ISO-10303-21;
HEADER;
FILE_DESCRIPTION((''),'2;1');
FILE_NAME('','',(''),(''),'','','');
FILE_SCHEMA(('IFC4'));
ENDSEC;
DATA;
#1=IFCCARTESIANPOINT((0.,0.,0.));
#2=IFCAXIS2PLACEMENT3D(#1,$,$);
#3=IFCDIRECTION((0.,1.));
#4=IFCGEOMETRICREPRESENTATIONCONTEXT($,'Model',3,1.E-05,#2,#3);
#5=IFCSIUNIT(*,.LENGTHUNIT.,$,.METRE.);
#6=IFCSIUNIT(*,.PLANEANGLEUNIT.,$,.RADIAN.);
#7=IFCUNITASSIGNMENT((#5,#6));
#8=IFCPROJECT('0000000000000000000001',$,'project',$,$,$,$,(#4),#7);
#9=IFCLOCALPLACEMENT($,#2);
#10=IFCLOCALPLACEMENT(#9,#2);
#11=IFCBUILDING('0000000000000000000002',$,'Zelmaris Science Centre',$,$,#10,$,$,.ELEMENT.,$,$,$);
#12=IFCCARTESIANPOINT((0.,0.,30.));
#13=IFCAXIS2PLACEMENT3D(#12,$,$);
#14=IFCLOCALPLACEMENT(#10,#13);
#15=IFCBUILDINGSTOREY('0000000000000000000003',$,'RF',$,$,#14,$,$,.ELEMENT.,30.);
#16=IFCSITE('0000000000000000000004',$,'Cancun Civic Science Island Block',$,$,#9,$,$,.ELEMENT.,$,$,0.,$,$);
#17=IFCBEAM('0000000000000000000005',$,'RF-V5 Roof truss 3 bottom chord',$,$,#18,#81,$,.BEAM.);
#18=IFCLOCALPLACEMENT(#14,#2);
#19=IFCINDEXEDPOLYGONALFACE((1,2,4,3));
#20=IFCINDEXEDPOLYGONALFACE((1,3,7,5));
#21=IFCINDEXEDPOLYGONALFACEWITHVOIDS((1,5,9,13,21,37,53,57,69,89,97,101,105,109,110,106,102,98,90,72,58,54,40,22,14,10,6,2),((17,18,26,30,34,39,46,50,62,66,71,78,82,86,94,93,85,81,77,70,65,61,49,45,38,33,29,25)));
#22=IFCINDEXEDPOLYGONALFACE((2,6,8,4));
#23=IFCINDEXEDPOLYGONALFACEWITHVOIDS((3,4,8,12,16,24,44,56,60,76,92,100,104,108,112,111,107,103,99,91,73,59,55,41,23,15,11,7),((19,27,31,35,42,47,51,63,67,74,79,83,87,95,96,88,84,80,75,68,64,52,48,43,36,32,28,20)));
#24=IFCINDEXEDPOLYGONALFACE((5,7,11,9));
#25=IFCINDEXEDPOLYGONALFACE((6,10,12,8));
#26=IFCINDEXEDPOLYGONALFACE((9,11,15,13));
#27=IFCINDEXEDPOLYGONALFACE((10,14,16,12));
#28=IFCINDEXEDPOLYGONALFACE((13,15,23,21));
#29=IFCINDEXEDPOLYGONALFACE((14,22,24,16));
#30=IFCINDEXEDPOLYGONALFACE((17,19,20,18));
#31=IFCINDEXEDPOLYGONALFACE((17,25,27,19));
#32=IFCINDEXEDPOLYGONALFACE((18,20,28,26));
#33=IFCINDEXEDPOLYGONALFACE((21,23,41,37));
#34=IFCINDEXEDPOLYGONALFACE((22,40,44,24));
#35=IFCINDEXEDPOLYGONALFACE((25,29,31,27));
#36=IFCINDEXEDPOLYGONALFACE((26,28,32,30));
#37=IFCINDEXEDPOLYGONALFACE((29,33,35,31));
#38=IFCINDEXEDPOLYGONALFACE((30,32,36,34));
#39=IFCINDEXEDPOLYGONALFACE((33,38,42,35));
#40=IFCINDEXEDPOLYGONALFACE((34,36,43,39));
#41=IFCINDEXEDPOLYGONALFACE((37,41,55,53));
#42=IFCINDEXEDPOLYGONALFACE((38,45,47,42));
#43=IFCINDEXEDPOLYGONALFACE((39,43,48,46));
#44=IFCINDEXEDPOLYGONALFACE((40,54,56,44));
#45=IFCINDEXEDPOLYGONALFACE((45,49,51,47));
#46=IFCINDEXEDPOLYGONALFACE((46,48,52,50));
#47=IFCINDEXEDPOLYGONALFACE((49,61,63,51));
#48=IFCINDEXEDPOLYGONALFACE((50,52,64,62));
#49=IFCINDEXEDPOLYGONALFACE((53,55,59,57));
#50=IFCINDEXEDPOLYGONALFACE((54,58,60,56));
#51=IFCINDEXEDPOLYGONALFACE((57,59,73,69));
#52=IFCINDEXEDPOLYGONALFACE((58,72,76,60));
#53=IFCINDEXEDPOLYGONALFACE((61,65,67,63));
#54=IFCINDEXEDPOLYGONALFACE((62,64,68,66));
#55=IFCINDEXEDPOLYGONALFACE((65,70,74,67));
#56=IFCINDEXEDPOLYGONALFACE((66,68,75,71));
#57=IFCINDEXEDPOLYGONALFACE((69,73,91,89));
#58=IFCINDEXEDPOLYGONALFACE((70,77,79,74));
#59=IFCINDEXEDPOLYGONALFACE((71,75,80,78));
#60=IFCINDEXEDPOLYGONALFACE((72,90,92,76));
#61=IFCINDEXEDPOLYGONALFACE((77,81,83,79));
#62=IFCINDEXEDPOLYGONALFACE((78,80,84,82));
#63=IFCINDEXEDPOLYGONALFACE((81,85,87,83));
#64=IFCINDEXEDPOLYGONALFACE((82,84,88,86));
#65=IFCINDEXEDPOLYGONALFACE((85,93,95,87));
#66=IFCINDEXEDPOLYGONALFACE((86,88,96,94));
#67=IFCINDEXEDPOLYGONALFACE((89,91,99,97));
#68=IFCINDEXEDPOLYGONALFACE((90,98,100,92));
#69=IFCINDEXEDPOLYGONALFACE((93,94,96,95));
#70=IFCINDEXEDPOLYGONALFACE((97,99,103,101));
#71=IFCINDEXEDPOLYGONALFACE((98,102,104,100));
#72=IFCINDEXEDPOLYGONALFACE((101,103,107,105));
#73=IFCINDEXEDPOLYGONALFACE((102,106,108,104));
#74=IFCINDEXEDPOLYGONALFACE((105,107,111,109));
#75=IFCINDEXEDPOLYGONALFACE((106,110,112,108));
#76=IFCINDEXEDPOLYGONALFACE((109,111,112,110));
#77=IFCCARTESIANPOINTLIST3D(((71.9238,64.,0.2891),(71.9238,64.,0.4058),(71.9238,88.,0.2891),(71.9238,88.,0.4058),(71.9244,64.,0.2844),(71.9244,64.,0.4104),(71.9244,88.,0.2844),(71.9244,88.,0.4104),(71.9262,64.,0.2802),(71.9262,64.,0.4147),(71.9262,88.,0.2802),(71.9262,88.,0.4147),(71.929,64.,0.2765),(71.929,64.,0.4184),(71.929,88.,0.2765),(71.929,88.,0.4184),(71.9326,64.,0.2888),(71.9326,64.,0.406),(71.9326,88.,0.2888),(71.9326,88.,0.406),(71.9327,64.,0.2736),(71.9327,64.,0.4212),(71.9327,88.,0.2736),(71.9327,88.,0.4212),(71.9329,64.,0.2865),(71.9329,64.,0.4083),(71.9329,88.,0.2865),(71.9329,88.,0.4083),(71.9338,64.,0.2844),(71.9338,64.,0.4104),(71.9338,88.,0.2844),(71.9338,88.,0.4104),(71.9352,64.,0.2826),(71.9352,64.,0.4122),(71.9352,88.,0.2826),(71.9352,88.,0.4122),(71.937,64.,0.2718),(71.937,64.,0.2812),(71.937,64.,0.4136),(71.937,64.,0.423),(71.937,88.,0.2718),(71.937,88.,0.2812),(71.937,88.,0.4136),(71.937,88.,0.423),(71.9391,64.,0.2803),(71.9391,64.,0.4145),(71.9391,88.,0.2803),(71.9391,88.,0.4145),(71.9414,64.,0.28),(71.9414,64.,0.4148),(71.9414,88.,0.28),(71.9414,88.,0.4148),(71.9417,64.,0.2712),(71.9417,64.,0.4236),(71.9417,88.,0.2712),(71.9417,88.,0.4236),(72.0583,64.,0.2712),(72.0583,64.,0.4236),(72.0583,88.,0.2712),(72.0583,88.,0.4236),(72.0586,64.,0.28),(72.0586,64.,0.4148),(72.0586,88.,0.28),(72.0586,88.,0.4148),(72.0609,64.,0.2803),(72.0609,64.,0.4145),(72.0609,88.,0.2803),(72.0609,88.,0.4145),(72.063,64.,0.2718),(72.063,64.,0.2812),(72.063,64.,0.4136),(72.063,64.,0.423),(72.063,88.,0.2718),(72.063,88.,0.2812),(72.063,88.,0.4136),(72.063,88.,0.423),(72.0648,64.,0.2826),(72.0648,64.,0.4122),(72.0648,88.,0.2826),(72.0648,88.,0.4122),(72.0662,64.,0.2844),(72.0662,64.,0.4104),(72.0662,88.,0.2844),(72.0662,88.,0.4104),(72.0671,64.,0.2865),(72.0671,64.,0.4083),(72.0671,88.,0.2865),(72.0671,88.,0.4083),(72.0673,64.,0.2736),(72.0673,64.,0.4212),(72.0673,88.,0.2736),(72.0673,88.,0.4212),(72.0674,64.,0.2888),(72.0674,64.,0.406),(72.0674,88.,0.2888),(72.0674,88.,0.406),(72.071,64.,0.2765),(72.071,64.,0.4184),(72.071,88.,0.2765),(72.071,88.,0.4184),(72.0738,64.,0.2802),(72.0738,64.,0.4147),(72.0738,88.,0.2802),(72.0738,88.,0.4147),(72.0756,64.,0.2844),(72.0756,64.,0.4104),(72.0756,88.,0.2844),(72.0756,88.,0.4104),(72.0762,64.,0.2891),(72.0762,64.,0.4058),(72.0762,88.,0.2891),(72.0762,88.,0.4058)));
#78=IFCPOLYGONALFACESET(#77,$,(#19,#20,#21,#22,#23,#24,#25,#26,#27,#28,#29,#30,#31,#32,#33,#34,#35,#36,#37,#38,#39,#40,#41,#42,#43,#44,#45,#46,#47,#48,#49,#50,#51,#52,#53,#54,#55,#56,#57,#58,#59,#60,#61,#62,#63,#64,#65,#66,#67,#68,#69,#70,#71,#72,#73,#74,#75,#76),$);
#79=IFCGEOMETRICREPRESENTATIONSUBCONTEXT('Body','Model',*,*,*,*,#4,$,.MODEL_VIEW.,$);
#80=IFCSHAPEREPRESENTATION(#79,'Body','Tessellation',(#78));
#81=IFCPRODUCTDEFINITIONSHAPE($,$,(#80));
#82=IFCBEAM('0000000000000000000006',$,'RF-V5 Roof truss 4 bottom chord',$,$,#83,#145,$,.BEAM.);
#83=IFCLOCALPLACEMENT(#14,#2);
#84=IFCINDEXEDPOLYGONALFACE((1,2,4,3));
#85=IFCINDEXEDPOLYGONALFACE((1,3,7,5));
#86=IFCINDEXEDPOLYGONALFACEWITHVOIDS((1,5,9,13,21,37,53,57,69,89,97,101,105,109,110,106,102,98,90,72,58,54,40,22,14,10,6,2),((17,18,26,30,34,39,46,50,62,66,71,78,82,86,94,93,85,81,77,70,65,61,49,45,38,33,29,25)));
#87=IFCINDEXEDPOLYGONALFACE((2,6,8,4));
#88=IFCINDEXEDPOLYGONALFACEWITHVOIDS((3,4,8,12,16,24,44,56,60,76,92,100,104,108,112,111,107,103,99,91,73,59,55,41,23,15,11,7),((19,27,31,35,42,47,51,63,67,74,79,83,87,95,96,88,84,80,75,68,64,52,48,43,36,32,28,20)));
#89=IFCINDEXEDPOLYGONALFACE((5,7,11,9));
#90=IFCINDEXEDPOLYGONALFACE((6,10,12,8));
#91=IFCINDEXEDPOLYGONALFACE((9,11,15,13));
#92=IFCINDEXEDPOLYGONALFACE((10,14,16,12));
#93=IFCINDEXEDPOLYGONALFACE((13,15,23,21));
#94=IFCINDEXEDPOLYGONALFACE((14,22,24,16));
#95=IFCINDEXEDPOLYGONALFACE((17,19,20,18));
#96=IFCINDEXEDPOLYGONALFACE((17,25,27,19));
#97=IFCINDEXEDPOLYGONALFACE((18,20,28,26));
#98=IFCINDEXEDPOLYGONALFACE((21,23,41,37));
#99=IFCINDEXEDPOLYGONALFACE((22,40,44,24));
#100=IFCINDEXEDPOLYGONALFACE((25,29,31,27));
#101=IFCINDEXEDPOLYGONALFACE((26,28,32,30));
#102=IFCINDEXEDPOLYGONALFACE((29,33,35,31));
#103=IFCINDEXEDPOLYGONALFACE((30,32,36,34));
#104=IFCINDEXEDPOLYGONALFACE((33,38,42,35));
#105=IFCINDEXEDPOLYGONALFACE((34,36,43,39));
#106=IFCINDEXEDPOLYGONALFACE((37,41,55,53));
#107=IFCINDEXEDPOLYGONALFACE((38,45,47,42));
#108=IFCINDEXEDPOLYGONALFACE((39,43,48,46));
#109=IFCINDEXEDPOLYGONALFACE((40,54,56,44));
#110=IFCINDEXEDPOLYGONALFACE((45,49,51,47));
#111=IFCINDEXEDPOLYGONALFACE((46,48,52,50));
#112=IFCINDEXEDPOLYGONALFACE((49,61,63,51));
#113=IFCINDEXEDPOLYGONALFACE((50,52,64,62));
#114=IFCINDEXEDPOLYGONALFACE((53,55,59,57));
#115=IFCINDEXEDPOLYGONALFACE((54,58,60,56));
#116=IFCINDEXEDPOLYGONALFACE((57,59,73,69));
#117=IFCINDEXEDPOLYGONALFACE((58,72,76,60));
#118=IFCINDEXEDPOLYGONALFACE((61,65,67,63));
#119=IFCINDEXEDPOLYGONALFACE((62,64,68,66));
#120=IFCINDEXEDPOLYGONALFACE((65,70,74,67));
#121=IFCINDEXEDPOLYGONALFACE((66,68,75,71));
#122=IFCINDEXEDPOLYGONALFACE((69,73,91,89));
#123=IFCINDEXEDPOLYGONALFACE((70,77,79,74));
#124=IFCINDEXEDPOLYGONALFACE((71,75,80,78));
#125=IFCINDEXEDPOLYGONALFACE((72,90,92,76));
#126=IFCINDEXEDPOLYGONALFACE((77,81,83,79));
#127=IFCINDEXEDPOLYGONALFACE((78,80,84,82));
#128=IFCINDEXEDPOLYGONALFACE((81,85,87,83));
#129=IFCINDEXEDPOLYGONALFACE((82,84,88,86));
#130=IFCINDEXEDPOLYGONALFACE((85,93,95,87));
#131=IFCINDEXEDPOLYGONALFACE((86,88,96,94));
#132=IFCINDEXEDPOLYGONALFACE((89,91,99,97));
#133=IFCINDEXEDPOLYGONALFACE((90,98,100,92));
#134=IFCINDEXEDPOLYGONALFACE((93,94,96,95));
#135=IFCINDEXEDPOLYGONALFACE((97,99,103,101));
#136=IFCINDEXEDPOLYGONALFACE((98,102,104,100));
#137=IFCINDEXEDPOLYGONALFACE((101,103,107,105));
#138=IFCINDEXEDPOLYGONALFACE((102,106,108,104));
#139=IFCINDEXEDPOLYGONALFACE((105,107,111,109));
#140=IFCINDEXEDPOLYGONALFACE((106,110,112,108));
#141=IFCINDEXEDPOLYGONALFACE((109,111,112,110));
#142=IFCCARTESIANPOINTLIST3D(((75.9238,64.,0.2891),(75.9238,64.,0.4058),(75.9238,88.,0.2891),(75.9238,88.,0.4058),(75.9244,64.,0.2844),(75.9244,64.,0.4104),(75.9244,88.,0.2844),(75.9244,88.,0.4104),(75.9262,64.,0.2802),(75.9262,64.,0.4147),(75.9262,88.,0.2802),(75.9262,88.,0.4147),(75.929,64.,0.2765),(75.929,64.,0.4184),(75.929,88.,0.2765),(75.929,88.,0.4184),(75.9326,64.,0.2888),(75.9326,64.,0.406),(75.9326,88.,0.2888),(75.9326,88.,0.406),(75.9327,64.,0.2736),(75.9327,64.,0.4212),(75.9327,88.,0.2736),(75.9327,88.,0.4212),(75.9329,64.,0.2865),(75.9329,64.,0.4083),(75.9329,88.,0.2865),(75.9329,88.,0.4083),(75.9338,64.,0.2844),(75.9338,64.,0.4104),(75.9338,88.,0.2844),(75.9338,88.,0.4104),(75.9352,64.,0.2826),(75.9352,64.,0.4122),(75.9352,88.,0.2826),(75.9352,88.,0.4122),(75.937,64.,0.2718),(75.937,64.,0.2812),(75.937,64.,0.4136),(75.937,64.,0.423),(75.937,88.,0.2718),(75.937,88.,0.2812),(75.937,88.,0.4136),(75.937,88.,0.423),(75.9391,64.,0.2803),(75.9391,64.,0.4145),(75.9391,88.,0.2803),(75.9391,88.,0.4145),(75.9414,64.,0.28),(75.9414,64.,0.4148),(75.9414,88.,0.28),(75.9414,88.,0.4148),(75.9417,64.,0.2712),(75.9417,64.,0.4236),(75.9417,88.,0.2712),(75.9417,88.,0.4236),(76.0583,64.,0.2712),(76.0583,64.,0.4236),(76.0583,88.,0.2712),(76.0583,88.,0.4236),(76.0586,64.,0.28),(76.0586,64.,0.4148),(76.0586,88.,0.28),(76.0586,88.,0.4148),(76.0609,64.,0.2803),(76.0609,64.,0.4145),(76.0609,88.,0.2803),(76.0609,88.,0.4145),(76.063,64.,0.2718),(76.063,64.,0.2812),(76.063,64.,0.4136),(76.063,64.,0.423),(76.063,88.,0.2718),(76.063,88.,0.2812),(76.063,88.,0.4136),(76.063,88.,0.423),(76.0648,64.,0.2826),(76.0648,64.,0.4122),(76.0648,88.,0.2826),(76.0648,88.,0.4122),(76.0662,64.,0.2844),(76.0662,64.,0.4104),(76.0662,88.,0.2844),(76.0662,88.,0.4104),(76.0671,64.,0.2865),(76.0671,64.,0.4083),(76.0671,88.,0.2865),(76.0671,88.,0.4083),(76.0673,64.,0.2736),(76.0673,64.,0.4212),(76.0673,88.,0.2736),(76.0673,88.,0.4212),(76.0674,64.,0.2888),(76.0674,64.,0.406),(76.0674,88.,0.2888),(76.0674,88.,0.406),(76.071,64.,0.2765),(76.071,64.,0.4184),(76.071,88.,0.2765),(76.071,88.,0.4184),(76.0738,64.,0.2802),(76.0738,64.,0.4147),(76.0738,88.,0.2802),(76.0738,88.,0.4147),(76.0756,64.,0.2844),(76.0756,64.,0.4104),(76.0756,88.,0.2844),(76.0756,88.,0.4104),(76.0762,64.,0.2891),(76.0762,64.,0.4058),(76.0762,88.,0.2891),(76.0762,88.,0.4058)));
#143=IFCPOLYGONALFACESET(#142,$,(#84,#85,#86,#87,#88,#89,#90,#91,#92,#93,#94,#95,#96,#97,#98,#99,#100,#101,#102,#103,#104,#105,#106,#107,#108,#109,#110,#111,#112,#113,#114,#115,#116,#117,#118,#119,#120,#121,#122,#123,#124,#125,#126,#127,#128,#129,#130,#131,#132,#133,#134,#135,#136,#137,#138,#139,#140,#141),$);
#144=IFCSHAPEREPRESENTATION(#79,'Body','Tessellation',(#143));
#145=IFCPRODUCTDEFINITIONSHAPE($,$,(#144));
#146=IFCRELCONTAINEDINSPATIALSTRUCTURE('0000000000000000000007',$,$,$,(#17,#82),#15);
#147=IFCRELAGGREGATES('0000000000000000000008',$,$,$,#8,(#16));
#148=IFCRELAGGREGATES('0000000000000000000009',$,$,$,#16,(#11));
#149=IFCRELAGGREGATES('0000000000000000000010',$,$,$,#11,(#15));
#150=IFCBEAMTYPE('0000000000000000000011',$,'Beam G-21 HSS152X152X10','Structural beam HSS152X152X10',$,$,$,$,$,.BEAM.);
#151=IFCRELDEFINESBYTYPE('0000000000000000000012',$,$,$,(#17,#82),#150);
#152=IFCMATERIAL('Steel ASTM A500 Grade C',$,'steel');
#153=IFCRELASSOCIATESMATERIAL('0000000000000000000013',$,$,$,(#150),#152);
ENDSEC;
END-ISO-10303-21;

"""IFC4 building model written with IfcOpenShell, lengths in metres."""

from ifc_helpers import new_model, si_unit, direction, frame, origin, origin_2d, place, context, subcontext, project, spatial, hollow_rectangle, extrude, material, material_profile, profile_set, type_object, element, save


model = new_model("IFC4")

# Units and contexts
model_context = context("Model", 3, precision=1e-05, world=origin(), true_north=direction((0.0, 1.0)))
body_context = subcontext(model_context, "Body", "Model", "MODEL_VIEW")
ifc_project = project(units=[si_unit("LENGTHUNIT", "METRE"), si_unit("PLANEANGLEUNIT", "RADIAN")], contexts=[model_context])

# Site, building, storey
site_placement = place(None, origin())
site = spatial("IfcSite", under=ifc_project, at=site_placement, Name="Cancun Civic Science Island Block", CompositionType="ELEMENT", RefElevation=0.0)
building_placement = place(site_placement, origin())
building = spatial("IfcBuilding", under=site, at=building_placement, Name="Zelmaris Science Centre", CompositionType="ELEMENT")
storey_placement = place(building_placement, frame((0.0, 0.0, 30.0)))
storey = spatial("IfcBuildingStorey", under=building, at=storey_placement, Name="RF", CompositionType="ELEMENT", Elevation=30.0)

# Beams
ifc_material = material(Name="Steel ASTM A500 Grade C", Category="steel")
ifc_material_profile_1 = material_profile(ifc_material, hollow_rectangle(XDim=0.1523, YDim=0.1523, WallThickness=0.0088, InnerFilletRadius=0.0088, OuterFilletRadius=0.0178, at=origin_2d()), Name="HSS152X152X10")
ifc_profile_set_1 = profile_set([ifc_material_profile_1], Name="Steel ASTM A500 Grade C")
beam_type_1 = type_object("IfcBeamType", Name="Beam G-21 HSS152X152X10", Description="Structural beam HSS152X152X10", PredefinedType="BEAM", material=ifc_profile_set_1)
for number, where, z_axis, x_axis, name in (
    (1, (72.0, 64.0, 0.3474), (0.0, 1.0, 0.0), (-1.0, 0.0, 0.0), "RF-V5 Roof truss 3 bottom chord"),
    (2, (76.0, 64.0, 0.3474), (0.0, 1.0, 0.0), (-1.0, 0.0, 0.0), "RF-V5 Roof truss 4 bottom chord"),
):
    element("IfcBeam", number, at=place(storey_placement, frame(where, z_axis=z_axis, x_axis=x_axis)), inside=storey, type_object=beam_type_1, Name=name, PredefinedType="BEAM", context=body_context, shape_type="SweptSolid", body=[
        extrude(hollow_rectangle(XDim=0.1523, YDim=0.1523, WallThickness=0.0088, InnerFilletRadius=0.0088, OuterFilletRadius=0.0178, at=origin_2d()), origin(), (0.0, 0.0, 1.0), 24.0),
    ])

save(model, "model.ifc")
